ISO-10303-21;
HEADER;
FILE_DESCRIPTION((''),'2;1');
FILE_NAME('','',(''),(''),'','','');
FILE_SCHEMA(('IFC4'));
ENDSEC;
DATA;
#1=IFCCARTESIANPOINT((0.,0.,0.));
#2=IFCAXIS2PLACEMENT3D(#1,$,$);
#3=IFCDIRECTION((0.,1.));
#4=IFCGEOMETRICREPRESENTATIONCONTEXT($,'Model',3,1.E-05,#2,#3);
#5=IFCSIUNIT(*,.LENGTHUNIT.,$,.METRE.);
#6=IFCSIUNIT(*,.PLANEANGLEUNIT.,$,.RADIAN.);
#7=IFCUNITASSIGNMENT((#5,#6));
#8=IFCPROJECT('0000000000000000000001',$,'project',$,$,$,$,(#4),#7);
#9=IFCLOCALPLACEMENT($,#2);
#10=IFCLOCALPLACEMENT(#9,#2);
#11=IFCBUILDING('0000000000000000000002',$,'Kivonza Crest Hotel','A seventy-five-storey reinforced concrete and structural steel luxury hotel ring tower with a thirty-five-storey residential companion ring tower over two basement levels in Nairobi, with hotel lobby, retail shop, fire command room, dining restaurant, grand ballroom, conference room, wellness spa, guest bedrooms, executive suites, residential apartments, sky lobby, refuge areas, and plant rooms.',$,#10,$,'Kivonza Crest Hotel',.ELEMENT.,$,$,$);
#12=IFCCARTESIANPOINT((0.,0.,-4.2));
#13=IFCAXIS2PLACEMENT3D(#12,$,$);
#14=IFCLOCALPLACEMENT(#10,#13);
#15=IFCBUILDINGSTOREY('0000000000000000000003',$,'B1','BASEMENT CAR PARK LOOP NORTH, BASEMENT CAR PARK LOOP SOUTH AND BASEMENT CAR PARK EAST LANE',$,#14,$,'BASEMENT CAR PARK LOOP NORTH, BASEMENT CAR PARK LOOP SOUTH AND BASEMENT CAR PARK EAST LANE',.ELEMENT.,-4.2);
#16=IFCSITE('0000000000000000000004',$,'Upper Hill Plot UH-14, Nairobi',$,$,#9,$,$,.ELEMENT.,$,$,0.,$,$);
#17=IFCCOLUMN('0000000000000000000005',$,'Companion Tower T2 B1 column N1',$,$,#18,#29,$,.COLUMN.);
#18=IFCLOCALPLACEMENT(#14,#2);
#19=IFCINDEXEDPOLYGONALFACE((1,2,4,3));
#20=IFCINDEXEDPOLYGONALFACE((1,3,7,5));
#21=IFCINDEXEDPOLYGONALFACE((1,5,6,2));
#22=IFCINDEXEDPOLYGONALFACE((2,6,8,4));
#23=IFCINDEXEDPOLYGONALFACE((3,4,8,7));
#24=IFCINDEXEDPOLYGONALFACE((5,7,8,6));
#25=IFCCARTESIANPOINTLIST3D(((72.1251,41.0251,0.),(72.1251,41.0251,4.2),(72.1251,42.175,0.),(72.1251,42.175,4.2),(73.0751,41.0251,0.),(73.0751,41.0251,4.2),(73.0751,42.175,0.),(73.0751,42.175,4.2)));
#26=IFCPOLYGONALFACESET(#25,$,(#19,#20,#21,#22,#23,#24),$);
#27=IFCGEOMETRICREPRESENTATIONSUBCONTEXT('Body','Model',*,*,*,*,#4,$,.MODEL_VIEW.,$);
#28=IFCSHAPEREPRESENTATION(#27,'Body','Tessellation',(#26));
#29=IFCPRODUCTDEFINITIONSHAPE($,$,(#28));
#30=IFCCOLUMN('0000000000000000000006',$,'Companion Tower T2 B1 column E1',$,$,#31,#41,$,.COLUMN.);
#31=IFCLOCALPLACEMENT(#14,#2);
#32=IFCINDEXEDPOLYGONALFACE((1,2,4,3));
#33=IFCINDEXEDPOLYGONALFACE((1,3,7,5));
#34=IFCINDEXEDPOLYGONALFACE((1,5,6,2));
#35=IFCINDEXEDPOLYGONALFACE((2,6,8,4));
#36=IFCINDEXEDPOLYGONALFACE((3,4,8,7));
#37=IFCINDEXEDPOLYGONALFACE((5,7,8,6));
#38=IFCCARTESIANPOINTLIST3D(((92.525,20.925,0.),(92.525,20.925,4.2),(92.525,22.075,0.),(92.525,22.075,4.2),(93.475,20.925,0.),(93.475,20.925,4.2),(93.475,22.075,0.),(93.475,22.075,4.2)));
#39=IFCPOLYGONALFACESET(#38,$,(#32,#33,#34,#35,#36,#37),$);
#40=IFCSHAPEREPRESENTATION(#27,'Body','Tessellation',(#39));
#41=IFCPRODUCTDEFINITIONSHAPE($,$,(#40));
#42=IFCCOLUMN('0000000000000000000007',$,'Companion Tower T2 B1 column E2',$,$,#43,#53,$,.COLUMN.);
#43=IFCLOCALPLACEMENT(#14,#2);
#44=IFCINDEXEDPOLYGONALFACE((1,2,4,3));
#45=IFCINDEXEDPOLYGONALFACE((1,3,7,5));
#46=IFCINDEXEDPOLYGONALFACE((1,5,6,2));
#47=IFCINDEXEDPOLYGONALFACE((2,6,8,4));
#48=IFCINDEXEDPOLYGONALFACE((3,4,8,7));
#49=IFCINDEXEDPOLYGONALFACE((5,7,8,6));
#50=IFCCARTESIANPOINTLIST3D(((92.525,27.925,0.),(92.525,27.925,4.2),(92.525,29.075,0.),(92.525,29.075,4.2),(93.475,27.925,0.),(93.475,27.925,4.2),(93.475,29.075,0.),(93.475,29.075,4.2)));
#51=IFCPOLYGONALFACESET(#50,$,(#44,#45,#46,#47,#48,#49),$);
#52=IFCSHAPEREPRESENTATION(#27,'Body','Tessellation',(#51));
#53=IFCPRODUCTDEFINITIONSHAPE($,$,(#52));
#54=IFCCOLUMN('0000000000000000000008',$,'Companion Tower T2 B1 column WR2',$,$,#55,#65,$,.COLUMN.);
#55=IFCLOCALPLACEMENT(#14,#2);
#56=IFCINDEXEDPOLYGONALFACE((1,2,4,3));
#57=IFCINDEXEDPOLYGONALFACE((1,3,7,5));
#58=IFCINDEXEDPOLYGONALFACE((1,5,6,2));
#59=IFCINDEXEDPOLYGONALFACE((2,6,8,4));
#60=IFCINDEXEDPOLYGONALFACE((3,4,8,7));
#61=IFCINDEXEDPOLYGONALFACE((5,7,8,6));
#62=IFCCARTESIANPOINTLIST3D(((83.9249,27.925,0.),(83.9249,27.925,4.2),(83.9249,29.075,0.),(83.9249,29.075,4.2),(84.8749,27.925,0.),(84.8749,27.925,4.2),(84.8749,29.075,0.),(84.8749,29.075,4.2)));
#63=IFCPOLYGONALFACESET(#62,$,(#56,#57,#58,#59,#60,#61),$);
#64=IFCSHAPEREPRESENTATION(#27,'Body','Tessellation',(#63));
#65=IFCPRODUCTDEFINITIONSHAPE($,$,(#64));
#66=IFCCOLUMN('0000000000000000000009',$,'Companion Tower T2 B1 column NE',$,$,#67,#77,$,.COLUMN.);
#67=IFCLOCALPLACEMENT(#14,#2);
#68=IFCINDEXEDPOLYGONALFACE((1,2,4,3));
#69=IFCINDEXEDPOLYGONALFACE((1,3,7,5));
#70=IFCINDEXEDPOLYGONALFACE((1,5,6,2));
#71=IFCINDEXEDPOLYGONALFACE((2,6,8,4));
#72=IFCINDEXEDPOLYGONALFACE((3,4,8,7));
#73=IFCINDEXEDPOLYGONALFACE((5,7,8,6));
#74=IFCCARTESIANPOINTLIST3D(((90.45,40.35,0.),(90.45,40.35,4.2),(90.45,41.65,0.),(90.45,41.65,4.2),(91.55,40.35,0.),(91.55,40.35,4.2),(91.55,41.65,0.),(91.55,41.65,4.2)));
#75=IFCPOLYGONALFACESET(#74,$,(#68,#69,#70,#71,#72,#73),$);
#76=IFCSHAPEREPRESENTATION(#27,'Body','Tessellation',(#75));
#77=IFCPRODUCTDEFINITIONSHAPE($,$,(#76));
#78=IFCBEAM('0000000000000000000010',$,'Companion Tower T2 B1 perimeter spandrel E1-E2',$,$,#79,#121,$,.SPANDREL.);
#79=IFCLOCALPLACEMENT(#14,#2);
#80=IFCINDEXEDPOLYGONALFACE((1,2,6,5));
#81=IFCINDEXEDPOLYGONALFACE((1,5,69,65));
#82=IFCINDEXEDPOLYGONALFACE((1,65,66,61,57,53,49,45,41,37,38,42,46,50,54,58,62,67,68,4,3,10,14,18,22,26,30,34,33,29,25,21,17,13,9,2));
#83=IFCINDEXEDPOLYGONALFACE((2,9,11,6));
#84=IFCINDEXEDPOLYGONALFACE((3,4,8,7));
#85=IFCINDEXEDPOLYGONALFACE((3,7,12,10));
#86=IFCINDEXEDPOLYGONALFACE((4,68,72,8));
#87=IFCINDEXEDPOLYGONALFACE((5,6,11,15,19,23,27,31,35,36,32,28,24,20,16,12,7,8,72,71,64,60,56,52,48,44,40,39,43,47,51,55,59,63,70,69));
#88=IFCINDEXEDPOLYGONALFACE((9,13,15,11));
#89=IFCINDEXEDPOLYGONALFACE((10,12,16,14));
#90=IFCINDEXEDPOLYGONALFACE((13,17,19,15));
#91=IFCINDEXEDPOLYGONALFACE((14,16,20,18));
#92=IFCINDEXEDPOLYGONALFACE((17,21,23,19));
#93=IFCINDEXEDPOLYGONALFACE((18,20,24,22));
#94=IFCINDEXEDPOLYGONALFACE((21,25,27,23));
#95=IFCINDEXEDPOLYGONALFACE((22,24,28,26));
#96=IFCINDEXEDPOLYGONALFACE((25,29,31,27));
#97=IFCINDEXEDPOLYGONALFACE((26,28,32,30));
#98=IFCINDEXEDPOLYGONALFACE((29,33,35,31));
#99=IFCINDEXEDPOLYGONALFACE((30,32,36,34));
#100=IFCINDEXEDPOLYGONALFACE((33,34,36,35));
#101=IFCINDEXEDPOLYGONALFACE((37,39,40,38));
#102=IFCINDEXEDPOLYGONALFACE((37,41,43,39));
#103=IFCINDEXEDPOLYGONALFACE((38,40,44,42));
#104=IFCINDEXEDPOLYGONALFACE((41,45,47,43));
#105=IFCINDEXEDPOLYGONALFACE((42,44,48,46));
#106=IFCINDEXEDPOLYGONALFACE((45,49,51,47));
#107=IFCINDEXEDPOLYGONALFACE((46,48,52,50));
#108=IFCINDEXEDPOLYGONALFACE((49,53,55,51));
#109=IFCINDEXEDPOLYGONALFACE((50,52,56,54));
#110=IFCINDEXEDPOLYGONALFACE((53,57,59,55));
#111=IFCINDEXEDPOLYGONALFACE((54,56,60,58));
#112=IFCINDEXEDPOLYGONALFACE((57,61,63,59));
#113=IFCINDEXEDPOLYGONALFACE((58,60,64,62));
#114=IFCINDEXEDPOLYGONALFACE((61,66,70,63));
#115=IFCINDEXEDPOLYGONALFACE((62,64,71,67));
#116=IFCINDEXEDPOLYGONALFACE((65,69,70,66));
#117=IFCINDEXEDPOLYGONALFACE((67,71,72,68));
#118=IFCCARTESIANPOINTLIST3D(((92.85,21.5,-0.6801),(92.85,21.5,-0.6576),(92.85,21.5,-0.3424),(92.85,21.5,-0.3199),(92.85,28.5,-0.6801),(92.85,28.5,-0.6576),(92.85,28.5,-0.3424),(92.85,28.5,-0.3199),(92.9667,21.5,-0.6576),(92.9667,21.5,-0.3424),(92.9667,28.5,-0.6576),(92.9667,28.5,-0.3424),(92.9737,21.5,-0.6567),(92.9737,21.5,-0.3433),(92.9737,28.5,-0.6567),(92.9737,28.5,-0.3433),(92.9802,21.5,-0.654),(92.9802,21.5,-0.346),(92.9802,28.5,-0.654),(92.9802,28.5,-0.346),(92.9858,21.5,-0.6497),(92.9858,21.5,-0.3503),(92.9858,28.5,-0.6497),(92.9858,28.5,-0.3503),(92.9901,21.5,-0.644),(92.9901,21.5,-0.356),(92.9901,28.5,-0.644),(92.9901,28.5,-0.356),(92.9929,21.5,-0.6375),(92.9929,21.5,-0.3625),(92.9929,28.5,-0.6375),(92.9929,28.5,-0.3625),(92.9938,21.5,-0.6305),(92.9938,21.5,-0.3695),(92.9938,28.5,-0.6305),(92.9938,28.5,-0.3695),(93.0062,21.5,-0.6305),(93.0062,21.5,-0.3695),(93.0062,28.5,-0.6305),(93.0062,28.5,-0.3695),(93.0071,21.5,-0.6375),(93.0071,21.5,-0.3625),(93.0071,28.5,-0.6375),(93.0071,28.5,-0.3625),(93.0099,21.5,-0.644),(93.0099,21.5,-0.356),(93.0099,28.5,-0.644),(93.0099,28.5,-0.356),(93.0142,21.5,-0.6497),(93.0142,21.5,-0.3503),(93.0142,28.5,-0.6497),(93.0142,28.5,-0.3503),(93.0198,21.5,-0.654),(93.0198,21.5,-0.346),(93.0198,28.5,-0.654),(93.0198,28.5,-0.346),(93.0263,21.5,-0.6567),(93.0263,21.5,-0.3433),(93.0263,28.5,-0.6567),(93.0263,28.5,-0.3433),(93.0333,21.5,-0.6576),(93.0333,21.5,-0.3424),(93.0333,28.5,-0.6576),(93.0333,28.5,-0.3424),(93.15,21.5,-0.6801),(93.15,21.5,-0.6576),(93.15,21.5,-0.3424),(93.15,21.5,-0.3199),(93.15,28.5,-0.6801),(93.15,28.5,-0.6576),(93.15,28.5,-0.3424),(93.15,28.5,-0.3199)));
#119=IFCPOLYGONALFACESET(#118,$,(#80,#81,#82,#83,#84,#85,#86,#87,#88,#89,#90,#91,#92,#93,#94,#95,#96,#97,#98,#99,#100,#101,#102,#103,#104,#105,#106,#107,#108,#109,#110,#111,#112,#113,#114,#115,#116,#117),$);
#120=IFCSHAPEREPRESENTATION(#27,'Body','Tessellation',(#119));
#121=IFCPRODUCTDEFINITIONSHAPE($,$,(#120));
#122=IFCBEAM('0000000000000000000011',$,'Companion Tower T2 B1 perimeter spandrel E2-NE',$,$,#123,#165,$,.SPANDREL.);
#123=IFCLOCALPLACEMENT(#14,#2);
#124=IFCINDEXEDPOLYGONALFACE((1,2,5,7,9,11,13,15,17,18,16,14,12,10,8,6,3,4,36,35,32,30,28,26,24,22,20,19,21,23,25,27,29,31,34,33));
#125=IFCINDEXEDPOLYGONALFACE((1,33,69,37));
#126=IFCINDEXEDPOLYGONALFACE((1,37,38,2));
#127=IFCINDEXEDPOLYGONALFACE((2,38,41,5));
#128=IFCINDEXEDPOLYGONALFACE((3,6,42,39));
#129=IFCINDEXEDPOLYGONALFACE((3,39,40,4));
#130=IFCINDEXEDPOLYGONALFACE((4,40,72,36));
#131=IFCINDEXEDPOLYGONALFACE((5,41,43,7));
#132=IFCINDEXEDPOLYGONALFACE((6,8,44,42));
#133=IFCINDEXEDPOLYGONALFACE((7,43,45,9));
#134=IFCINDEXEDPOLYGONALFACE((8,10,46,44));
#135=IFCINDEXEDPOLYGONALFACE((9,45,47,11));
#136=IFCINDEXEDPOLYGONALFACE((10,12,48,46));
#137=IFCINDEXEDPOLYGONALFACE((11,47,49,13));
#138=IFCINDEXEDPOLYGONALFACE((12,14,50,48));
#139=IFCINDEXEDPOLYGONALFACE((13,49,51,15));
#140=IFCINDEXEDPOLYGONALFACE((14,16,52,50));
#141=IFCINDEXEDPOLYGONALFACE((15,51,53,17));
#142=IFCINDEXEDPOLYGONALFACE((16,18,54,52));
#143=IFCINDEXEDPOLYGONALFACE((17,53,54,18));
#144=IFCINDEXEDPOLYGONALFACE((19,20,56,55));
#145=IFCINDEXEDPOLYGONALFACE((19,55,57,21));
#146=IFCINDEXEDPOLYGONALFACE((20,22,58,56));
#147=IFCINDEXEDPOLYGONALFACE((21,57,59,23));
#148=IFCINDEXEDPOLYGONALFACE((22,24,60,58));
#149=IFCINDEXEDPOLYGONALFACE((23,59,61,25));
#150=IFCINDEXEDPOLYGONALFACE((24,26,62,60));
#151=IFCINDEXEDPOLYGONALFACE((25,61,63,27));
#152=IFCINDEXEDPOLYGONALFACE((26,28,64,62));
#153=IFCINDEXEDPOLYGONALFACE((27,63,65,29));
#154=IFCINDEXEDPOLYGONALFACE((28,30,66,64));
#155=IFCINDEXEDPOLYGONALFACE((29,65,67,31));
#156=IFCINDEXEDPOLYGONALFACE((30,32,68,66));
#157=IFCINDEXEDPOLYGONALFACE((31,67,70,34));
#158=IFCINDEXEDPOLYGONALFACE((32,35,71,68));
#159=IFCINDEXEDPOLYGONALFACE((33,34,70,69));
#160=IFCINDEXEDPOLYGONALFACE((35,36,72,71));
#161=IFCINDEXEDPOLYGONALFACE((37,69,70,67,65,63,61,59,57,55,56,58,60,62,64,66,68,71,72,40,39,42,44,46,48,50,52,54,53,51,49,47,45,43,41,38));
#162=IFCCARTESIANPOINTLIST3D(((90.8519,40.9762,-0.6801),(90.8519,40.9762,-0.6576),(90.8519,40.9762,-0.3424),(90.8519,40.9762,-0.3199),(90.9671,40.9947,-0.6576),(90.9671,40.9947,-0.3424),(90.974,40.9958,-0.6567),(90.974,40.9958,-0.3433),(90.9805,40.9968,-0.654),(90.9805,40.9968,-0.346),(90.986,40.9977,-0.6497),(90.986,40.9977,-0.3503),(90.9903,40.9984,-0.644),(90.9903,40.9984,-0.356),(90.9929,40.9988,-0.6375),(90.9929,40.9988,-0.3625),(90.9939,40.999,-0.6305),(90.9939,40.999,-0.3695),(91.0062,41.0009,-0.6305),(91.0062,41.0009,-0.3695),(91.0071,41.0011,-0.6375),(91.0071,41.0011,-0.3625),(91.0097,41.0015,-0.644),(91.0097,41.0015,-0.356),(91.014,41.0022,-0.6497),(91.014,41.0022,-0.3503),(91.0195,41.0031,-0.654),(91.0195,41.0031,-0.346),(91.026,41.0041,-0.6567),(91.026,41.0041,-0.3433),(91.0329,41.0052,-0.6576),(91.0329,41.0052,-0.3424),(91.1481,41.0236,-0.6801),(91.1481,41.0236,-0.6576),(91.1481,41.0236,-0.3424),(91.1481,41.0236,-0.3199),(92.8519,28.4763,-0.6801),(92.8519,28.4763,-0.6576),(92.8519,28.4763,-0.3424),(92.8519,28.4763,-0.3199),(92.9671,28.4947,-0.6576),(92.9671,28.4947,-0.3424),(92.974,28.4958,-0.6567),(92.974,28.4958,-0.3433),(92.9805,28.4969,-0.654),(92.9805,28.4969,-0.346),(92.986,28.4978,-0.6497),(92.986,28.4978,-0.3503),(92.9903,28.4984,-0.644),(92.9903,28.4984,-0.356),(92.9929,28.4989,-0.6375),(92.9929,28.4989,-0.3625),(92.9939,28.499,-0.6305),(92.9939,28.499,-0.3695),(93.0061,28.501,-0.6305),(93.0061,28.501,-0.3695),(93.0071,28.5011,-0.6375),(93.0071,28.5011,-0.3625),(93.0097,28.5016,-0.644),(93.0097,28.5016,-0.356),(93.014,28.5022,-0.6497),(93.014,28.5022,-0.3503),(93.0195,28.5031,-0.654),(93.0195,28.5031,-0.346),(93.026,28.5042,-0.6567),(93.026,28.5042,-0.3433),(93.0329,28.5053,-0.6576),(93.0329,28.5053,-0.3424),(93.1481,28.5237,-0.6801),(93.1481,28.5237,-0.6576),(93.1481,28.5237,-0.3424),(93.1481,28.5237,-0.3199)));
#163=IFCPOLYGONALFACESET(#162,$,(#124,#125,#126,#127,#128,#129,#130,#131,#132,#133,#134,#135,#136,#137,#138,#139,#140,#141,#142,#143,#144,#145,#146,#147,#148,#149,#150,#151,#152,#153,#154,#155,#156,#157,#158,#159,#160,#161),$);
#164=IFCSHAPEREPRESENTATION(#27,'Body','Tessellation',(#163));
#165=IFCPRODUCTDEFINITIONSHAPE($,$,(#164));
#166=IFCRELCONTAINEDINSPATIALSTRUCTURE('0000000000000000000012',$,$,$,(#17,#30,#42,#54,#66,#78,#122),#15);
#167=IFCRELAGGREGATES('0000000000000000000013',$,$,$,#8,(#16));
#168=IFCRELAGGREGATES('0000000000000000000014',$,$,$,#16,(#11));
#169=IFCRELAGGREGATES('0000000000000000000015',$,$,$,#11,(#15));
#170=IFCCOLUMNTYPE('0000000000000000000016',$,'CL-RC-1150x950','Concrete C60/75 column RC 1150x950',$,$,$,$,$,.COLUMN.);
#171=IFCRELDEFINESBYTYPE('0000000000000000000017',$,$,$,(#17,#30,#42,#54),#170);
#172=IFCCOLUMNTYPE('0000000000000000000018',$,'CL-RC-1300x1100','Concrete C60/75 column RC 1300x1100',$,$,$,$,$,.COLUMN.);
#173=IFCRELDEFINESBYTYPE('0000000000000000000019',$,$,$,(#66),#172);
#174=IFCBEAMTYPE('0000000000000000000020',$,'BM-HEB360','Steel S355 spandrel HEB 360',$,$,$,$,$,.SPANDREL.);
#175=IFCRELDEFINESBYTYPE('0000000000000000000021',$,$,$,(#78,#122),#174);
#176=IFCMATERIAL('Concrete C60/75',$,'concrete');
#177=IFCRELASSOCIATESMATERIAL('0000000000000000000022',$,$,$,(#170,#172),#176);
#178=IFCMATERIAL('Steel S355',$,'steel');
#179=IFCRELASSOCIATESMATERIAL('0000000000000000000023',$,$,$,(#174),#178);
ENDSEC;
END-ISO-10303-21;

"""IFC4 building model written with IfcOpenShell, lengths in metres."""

from ifc_helpers import new_model, si_unit, direction, frame, origin, origin_2d, place, context, subcontext, project, spatial, rectangle, i_section, extrude, material, material_profile, profile_set, type_object, element, save


model = new_model("IFC4")

# Units and contexts
model_context = context("Model", 3, precision=1e-05, world=origin(), true_north=direction((0.0, 1.0)))
body_context = subcontext(model_context, "Body", "Model", "MODEL_VIEW")
ifc_project = project(units=[si_unit("LENGTHUNIT", "METRE"), si_unit("PLANEANGLEUNIT", "RADIAN")], contexts=[model_context])

# Site, building, storey
site_placement = place(None, origin())
site = spatial("IfcSite", under=ifc_project, at=site_placement, Name="Upper Hill Plot UH-14, Nairobi", CompositionType="ELEMENT", RefElevation=0.0)
building_placement = place(site_placement, origin())
building = spatial("IfcBuilding", under=site, at=building_placement, Name="Kivonza Crest Hotel", Description="A seventy-five-storey reinforced concrete and structural steel luxury hotel ring tower with a thirty-five-storey residential companion ring tower over two basement levels in Nairobi, with hotel lobby, retail shop, fire command room, dining restaurant, grand ballroom, conference room, wellness spa, guest bedrooms, executive suites, residential apartments, sky lobby, refuge areas, and plant rooms.", LongName="Kivonza Crest Hotel", CompositionType="ELEMENT")
storey_placement = place(building_placement, frame((0.0, 0.0, -4.2)))
storey = spatial("IfcBuildingStorey", under=building, at=storey_placement, Name="B1", Description="BASEMENT CAR PARK LOOP NORTH, BASEMENT CAR PARK LOOP SOUTH AND BASEMENT CAR PARK EAST LANE", LongName="BASEMENT CAR PARK LOOP NORTH, BASEMENT CAR PARK LOOP SOUTH AND BASEMENT CAR PARK EAST LANE", CompositionType="ELEMENT", Elevation=-4.2)

# Columns
ifc_material_1 = material(Name="Concrete C60/75", Category="concrete")
ifc_material_profile_1 = material_profile(ifc_material_1, rectangle(XDim=0.95, YDim=1.1499, at=origin_2d()), Name="RC 1150x950")
ifc_profile_set_1 = profile_set([ifc_material_profile_1], Name="Concrete C60/75")
column_type_1 = type_object("IfcColumnType", Name="CL-RC-1150x950", Description="Concrete C60/75 column RC 1150x950", PredefinedType="COLUMN", material=ifc_profile_set_1)
for number, where, z_axis, x_axis, name in (
    (1, (72.6001, 41.6001, 0.0), (0.0, 0.0, 1.0), (1.0, 0.0, 0.0), "Companion Tower T2 B1 column N1"),
    (2, (93.0, 21.5, 0.0), (0.0, 0.0, 1.0), (1.0, 0.0, 0.0), "Companion Tower T2 B1 column E1"),
    (3, (93.0, 28.5, 0.0), (0.0, 0.0, 1.0), (1.0, 0.0, 0.0), "Companion Tower T2 B1 column E2"),
    (4, (84.3999, 28.5, 0.0), (0.0, 0.0, 1.0), (1.0, 0.0, 0.0), "Companion Tower T2 B1 column WR2"),
):
    element("IfcColumn", number, at=place(storey_placement, frame(where, z_axis=z_axis, x_axis=x_axis)), inside=storey, type_object=column_type_1, Name=name, PredefinedType="COLUMN", context=body_context, shape_type="SweptSolid", body=[
        extrude(rectangle(XDim=0.95, YDim=1.1499, at=origin_2d()), origin(), (0.0, 0.0, 1.0), 4.2),
    ])
ifc_material_profile_2 = material_profile(ifc_material_1, rectangle(XDim=1.1001, YDim=1.3, at=origin_2d()), Name="RC 1300x1100")
ifc_profile_set_2 = profile_set([ifc_material_profile_2], Name="Concrete C60/75")
column_type_2 = type_object("IfcColumnType", Name="CL-RC-1300x1100", Description="Concrete C60/75 column RC 1300x1100", PredefinedType="COLUMN", material=ifc_profile_set_2)
column_placement = place(storey_placement, frame((91.0, 41.0, 0.0), z_axis=(0.0, 0.0, 1.0), x_axis=(1.0, 0.0, 0.0)))
element("IfcColumn", 5, at=column_placement, inside=storey, type_object=column_type_2, Name="Companion Tower T2 B1 column NE", PredefinedType="COLUMN", context=body_context, shape_type="SweptSolid", body=[
    extrude(rectangle(XDim=1.1001, YDim=1.3, at=origin_2d()), origin(), (0.0, 0.0, 1.0), 4.2),
])

# Beams
ifc_material_2 = material(Name="Steel S355", Category="steel")
ifc_material_profile_3 = material_profile(ifc_material_2, i_section(OverallWidth=0.3, OverallDepth=0.3601, WebThickness=0.0125, FlangeThickness=0.0225, FilletRadius=0.0271, at=origin_2d()), Name="HEB 360")
ifc_profile_set_3 = profile_set([ifc_material_profile_3], Name="Steel S355")
beam_type_1 = type_object("IfcBeamType", Name="BM-HEB360", Description="Steel S355 spandrel HEB 360", PredefinedType="SPANDREL", material=ifc_profile_set_3)
beam_1_placement = place(storey_placement, frame((93.0, 21.5, -0.5), z_axis=(0.0, 1.0, 0.0), x_axis=(-1.0, 0.0, 0.0)))
element("IfcBeam", 6, at=beam_1_placement, inside=storey, type_object=beam_type_1, Name="Companion Tower T2 B1 perimeter spandrel E1-E2", PredefinedType="SPANDREL", context=body_context, shape_type="SweptSolid", body=[
    extrude(i_section(OverallWidth=0.3, OverallDepth=0.3601, WebThickness=0.0125, FlangeThickness=0.0225, FilletRadius=0.0271, at=origin_2d()), origin(), (0.0, 0.0, 1.0), 7.0),
])
beam_2_placement = place(storey_placement, frame((93.0, 28.5, -0.5), z_axis=(-0.157991, 0.987441, 0.0), x_axis=(-0.987441, -0.157991, 0.0)))
element("IfcBeam", 7, at=beam_2_placement, inside=storey, type_object=beam_type_1, Name="Companion Tower T2 B1 perimeter spandrel E2-NE", PredefinedType="SPANDREL", context=body_context, shape_type="SweptSolid", body=[
    extrude(i_section(OverallWidth=0.3, OverallDepth=0.3601, WebThickness=0.0125, FlangeThickness=0.0225, FilletRadius=0.0271, at=origin_2d()), origin(), (0.0, 0.0, 1.0), 12.6589),
])

save(model, "model.ifc")
